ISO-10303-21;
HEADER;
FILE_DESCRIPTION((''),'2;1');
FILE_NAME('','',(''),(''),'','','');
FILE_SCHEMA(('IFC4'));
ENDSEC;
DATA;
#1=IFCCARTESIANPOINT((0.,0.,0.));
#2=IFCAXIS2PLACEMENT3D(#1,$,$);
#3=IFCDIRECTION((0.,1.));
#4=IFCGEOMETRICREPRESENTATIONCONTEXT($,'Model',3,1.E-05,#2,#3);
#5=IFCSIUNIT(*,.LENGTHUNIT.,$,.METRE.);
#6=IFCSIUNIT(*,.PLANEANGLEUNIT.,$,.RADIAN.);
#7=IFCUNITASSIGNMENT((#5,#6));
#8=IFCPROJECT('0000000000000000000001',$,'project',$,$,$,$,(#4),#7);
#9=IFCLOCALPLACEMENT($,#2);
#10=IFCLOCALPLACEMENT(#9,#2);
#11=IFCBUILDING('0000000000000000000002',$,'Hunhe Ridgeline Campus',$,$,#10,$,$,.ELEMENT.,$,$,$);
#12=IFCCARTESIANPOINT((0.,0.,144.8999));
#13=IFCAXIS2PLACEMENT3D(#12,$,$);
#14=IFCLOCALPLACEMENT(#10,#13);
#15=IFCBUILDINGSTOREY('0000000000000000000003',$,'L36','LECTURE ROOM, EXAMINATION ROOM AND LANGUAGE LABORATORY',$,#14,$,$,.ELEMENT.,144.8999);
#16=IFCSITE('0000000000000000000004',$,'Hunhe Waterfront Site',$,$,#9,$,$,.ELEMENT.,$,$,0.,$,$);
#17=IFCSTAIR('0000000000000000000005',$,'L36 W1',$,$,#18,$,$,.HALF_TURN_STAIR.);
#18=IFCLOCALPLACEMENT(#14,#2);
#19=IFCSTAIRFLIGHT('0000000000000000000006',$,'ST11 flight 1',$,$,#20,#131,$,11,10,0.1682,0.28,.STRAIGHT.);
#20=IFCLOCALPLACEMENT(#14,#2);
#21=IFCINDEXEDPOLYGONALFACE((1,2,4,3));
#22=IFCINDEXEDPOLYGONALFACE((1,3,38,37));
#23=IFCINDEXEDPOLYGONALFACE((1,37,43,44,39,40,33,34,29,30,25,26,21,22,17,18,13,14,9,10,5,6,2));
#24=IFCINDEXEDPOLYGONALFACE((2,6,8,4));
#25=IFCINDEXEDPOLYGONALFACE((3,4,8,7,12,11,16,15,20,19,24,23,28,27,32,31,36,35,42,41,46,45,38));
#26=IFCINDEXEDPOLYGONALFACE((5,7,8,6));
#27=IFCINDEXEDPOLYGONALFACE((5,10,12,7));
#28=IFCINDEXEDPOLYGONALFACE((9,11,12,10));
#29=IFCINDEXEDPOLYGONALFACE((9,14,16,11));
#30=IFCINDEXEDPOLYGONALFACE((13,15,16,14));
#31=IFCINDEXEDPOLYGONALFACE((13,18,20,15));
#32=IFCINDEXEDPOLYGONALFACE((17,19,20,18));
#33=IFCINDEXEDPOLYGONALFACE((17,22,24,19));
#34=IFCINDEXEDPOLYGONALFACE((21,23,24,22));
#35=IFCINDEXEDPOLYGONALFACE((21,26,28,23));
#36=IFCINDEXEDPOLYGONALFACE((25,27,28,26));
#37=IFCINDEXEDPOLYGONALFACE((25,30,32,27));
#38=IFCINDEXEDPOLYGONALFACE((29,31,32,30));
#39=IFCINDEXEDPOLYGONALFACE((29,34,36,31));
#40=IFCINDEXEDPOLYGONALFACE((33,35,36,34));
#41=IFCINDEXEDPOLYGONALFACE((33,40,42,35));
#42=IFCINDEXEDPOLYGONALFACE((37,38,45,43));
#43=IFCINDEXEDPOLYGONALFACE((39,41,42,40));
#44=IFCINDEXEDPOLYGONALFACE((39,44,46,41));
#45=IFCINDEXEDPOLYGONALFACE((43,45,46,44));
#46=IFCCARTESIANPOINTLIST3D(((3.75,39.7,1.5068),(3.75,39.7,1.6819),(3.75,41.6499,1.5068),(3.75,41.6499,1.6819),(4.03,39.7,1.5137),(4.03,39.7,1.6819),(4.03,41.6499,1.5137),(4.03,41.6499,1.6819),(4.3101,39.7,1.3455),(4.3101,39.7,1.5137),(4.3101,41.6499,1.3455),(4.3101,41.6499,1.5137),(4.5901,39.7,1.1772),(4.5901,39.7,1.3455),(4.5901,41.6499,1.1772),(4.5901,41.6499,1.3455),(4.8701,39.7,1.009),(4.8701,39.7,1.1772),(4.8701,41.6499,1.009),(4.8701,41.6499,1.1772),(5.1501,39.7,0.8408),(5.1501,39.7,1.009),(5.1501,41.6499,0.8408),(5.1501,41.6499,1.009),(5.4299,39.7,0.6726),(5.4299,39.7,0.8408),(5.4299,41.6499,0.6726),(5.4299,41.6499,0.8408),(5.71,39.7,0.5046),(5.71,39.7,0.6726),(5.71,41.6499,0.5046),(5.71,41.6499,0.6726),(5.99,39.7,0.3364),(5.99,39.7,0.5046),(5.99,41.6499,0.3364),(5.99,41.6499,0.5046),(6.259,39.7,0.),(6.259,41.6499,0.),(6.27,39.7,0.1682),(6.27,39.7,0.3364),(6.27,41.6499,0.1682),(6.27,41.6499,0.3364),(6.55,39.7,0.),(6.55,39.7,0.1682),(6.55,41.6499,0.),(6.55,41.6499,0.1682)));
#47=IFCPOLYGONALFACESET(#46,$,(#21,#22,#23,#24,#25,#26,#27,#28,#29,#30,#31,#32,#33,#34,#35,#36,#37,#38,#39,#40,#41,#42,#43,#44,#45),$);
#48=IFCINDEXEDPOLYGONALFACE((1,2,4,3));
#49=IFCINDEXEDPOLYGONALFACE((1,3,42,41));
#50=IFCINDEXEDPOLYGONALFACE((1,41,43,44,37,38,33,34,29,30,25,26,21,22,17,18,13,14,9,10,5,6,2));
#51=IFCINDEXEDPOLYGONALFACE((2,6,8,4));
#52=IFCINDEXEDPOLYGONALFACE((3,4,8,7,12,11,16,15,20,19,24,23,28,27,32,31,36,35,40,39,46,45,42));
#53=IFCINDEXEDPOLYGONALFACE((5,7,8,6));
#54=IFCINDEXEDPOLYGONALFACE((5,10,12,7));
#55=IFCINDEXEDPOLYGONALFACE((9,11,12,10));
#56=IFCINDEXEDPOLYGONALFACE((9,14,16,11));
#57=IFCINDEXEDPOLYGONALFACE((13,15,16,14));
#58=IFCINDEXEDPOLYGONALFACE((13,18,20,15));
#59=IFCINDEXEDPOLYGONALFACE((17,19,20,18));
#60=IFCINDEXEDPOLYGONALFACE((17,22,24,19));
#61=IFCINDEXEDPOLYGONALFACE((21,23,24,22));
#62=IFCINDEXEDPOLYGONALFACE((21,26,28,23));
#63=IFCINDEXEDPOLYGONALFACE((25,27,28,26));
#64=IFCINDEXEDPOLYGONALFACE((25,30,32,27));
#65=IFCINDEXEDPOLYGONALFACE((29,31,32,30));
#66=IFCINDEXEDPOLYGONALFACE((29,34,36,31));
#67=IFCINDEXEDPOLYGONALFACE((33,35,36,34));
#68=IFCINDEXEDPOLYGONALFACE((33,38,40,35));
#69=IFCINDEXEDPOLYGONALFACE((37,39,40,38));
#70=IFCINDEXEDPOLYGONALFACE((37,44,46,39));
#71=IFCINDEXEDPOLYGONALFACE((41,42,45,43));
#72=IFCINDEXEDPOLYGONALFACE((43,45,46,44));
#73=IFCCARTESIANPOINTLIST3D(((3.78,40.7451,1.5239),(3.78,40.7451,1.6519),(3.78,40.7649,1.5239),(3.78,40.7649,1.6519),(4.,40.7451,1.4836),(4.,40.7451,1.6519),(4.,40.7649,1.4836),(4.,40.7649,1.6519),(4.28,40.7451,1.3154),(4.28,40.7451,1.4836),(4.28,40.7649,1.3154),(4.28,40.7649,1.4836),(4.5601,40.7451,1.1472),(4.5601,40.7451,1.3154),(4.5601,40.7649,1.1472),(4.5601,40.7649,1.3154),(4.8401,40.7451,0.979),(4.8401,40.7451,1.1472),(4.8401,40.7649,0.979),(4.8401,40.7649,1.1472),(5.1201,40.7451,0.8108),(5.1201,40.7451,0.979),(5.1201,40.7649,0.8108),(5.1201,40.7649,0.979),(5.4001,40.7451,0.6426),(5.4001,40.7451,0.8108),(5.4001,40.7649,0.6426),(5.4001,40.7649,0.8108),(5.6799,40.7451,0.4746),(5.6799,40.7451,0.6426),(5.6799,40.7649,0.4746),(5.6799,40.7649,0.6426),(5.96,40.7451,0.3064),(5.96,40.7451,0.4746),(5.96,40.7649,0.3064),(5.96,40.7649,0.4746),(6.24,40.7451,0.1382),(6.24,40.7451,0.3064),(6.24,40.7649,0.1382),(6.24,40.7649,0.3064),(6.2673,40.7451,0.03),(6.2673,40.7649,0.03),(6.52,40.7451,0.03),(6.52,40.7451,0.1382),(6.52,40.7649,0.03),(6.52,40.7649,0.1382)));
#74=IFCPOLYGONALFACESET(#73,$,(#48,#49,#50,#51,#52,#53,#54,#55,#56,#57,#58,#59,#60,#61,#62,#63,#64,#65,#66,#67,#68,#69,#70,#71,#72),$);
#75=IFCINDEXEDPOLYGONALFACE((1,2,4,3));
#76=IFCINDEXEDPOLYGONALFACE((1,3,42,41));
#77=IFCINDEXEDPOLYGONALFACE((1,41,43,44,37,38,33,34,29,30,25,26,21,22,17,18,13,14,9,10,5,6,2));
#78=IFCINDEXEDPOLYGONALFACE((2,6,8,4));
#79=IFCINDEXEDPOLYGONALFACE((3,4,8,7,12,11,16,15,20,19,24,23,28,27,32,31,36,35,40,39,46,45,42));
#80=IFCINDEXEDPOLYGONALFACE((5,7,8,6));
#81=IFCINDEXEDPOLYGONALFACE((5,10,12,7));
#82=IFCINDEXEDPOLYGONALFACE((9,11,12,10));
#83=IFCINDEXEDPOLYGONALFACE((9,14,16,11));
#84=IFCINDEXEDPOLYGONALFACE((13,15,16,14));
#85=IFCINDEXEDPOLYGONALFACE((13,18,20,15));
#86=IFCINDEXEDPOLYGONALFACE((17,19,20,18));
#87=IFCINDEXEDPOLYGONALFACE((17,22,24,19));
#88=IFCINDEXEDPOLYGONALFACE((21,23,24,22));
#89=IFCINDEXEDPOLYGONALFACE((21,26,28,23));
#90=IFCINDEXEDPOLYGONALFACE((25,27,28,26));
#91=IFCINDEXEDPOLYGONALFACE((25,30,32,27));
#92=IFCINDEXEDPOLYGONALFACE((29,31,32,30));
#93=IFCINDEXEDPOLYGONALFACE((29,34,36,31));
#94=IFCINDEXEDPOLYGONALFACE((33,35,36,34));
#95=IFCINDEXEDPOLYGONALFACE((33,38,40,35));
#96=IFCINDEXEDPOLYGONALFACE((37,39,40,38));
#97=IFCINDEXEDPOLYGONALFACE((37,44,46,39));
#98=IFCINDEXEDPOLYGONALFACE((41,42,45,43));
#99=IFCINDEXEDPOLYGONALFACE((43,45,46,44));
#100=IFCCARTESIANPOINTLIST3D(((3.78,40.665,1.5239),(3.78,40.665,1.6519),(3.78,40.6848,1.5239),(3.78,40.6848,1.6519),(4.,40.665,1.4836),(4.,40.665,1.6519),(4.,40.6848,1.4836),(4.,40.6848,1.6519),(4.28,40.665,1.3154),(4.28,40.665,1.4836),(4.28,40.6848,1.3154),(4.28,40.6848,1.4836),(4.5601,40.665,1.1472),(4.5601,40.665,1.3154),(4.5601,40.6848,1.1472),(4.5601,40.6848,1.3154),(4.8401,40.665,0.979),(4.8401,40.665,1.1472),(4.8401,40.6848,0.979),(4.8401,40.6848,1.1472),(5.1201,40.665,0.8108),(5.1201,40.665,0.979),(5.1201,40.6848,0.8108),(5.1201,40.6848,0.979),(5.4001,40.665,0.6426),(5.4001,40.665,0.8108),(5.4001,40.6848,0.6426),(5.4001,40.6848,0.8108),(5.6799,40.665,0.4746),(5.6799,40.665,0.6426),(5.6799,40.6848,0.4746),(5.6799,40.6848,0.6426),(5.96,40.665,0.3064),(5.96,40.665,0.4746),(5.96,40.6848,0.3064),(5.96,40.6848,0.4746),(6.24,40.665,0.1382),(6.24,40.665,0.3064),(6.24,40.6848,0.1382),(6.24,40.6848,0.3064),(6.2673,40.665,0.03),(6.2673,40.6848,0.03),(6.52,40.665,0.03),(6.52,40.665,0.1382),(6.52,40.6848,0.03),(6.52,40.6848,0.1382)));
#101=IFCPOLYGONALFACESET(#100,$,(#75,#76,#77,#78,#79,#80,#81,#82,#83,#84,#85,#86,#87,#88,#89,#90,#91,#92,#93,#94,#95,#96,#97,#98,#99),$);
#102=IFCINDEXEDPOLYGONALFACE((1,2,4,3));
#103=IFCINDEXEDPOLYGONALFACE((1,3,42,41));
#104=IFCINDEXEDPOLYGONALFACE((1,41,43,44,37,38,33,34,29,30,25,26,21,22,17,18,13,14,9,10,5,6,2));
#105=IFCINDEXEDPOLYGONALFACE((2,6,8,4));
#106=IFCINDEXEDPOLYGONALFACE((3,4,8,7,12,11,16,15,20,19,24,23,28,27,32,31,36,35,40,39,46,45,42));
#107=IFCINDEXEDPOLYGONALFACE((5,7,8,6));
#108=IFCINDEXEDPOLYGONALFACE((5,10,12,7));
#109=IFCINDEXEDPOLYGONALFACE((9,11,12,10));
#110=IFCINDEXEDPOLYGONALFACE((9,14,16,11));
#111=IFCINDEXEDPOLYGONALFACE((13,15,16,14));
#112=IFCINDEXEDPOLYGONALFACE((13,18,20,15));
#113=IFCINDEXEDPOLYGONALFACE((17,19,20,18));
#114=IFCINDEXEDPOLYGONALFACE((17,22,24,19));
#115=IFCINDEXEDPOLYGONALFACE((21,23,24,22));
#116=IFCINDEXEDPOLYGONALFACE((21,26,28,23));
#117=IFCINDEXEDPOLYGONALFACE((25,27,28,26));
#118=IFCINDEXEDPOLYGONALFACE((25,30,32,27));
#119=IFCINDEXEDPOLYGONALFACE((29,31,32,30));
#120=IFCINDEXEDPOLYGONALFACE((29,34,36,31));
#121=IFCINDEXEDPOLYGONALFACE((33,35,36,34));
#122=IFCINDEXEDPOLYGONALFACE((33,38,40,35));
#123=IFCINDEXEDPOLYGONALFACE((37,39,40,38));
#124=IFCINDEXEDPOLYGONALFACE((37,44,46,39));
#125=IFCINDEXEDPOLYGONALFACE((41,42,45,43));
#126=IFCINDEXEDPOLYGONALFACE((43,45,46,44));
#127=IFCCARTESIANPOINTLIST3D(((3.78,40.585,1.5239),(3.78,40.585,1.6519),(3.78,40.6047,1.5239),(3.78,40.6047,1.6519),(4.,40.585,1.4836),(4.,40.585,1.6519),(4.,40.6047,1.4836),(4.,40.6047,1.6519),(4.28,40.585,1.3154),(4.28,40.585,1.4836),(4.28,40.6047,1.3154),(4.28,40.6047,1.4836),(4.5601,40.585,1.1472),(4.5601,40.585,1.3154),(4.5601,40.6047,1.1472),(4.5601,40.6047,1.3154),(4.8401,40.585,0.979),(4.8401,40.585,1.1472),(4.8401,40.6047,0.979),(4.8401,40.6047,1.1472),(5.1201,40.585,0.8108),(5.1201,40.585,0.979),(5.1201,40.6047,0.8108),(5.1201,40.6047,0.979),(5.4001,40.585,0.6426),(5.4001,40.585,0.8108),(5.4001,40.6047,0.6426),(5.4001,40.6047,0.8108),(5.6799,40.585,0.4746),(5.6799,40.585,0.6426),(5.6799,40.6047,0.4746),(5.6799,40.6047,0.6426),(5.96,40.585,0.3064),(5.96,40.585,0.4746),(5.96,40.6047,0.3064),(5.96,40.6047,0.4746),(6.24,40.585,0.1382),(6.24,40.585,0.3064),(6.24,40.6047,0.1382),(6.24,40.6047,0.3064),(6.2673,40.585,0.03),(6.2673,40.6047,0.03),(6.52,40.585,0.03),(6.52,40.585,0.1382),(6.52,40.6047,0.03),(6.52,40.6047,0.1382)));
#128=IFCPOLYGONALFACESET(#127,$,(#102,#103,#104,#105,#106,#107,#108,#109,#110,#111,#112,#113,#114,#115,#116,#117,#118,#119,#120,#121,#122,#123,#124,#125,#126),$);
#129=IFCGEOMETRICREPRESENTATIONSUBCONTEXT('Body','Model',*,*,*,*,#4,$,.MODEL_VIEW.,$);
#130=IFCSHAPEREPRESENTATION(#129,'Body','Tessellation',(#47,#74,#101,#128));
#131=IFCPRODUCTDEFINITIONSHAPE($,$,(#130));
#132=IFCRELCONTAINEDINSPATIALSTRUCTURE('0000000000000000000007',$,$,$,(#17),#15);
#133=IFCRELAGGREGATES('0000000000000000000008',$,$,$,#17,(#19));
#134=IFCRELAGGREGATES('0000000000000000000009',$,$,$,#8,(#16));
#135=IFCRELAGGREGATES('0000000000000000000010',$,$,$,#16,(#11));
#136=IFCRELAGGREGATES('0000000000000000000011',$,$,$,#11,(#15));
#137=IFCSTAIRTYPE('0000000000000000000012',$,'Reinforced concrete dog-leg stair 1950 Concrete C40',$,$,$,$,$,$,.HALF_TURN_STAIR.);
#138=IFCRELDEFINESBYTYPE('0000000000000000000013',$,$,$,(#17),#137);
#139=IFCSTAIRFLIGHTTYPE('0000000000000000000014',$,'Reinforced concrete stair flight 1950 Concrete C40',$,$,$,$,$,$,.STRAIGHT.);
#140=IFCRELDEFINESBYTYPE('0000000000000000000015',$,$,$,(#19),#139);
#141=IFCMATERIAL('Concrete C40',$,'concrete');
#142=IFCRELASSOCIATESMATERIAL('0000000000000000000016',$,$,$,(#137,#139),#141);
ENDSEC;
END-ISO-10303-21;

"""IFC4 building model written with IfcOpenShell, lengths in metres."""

from ifc_helpers import new_model, si_unit, direction, frame, origin, place, context, subcontext, project, spatial, polyline, outline, extrude, material, type_object, element, aggregate, save


model = new_model("IFC4")

# Units and contexts
model_context = context("Model", 3, precision=1e-05, world=origin(), true_north=direction((0.0, 1.0)))
body_context = subcontext(model_context, "Body", "Model", "MODEL_VIEW")
ifc_project = project(units=[si_unit("LENGTHUNIT", "METRE"), si_unit("PLANEANGLEUNIT", "RADIAN")], contexts=[model_context])

# Site, building, storey
site_placement = place(None, origin())
site = spatial("IfcSite", under=ifc_project, at=site_placement, Name="Hunhe Waterfront Site", CompositionType="ELEMENT", RefElevation=0.0)
building_placement = place(site_placement, origin())
building = spatial("IfcBuilding", under=site, at=building_placement, Name="Hunhe Ridgeline Campus", CompositionType="ELEMENT")
storey_placement = place(building_placement, frame((0.0, 0.0, 144.8999)))
storey = spatial("IfcBuildingStorey", under=building, at=storey_placement, Name="L36", Description="LECTURE ROOM, EXAMINATION ROOM AND LANGUAGE LABORATORY", CompositionType="ELEMENT", Elevation=144.8999)

# Stair, stair flight
ifc_material_1 = material(Name="Concrete C40", Category="concrete")
stair_type = type_object("IfcStairType", Name="Reinforced concrete dog-leg stair 1950 Concrete C40", PredefinedType="HALF_TURN_STAIR", material=ifc_material_1)
stair_placement = place(storey_placement, origin())
stair = element("IfcStair", 1, at=stair_placement, inside=storey, type_object=stair_type, Name="L36 W1", PredefinedType="HALF_TURN_STAIR")
stair_flight_type = type_object("IfcStairFlightType", Name="Reinforced concrete stair flight 1950 Concrete C40", PredefinedType="STRAIGHT", material=ifc_material_1)
stair_flight_1_placement = place(storey_placement, frame((6.55, 40.675, 0.0), z_axis=(0.0, 0.0, 1.0), x_axis=(-1.0, 0.0, 0.0)))
stair_flight_1 = element("IfcStairFlight", 2, at=stair_flight_1_placement, type_object=stair_flight_type, Name="ST11 flight 1", NumberOfRisers=11, NumberOfTreads=10, PredefinedType="STRAIGHT", RiserHeight=0.1682, TreadLength=0.28, context=body_context, shape_type="SweptSolid", body=[
    extrude(outline(polyline([(0.0, 0.0), (0.0, 0.1682), (0.28, 0.1682), (0.28, 0.3364), (0.5601, 0.3364), (0.5601, 0.5046), (0.8401, 0.5046), (0.8401, 0.6726), (1.1201, 0.6726), (1.1201, 0.8408), (1.3999, 0.8408), (1.3999, 1.009), (1.6799, 1.009), (1.6799, 1.1772), (1.96, 1.1772), (1.96, 1.3455), (2.24, 1.3455), (2.24, 1.5137), (2.52, 1.5137), (2.52, 1.6819), (2.8, 1.6819), (2.8, 1.8501), (2.8, 1.5068), (0.291, 0.0), (0.0, 0.0)])), frame((0.0, 0.9751, 0.0), z_axis=(0.0, -1.0, 0.0), x_axis=(1.0, 0.0, 0.0)), (0.0, 0.0, 1.0), 1.95),
    extrude(outline(polyline([(0.03, 0.03), (0.03, 0.1382), (0.3101, 0.1382), (0.3101, 0.3064), (0.5901, 0.3064), (0.5901, 0.4746), (0.8701, 0.4746), (0.8701, 0.6426), (1.1499, 0.6426), (1.1499, 0.8108), (1.4299, 0.8108), (1.4299, 0.979), (1.71, 0.979), (1.71, 1.1472), (1.99, 1.1472), (1.99, 1.3154), (2.27, 1.3154), (2.27, 1.4836), (2.55, 1.4836), (2.55, 1.6519), (2.77, 1.6519), (2.77, 1.5239), (0.2827, 0.03), (0.03, 0.03)])), frame((0.0, -0.0701, 0.0), z_axis=(0.0, -1.0, 0.0), x_axis=(1.0, 0.0, 0.0)), (0.0, 0.0, 1.0), 0.0198),
    extrude(outline(polyline([(0.03, 0.03), (0.03, 0.1382), (0.3101, 0.1382), (0.3101, 0.3064), (0.5901, 0.3064), (0.5901, 0.4746), (0.8701, 0.4746), (0.8701, 0.6426), (1.1499, 0.6426), (1.1499, 0.8108), (1.4299, 0.8108), (1.4299, 0.979), (1.71, 0.979), (1.71, 1.1472), (1.99, 1.1472), (1.99, 1.3154), (2.27, 1.3154), (2.27, 1.4836), (2.55, 1.4836), (2.55, 1.6519), (2.77, 1.6519), (2.77, 1.5239), (0.2827, 0.03), (0.03, 0.03)])), frame((0.0, 0.01, 0.0), z_axis=(0.0, -1.0, 0.0), x_axis=(1.0, 0.0, 0.0)), (0.0, 0.0, 1.0), 0.0198),
    extrude(outline(polyline([(0.03, 0.03), (0.03, 0.1382), (0.3101, 0.1382), (0.3101, 0.3064), (0.5901, 0.3064), (0.5901, 0.4746), (0.8701, 0.4746), (0.8701, 0.6426), (1.1499, 0.6426), (1.1499, 0.8108), (1.4299, 0.8108), (1.4299, 0.979), (1.71, 0.979), (1.71, 1.1472), (1.99, 1.1472), (1.99, 1.3154), (2.27, 1.3154), (2.27, 1.4836), (2.55, 1.4836), (2.55, 1.6519), (2.77, 1.6519), (2.77, 1.5239), (0.2827, 0.03), (0.03, 0.03)])), frame((0.0, 0.0901, 0.0), z_axis=(0.0, -1.0, 0.0), x_axis=(1.0, 0.0, 0.0)), (0.0, 0.0, 1.0), 0.0198),
])
aggregate(stair, [stair_flight_1])

save(model, "model.ifc")
